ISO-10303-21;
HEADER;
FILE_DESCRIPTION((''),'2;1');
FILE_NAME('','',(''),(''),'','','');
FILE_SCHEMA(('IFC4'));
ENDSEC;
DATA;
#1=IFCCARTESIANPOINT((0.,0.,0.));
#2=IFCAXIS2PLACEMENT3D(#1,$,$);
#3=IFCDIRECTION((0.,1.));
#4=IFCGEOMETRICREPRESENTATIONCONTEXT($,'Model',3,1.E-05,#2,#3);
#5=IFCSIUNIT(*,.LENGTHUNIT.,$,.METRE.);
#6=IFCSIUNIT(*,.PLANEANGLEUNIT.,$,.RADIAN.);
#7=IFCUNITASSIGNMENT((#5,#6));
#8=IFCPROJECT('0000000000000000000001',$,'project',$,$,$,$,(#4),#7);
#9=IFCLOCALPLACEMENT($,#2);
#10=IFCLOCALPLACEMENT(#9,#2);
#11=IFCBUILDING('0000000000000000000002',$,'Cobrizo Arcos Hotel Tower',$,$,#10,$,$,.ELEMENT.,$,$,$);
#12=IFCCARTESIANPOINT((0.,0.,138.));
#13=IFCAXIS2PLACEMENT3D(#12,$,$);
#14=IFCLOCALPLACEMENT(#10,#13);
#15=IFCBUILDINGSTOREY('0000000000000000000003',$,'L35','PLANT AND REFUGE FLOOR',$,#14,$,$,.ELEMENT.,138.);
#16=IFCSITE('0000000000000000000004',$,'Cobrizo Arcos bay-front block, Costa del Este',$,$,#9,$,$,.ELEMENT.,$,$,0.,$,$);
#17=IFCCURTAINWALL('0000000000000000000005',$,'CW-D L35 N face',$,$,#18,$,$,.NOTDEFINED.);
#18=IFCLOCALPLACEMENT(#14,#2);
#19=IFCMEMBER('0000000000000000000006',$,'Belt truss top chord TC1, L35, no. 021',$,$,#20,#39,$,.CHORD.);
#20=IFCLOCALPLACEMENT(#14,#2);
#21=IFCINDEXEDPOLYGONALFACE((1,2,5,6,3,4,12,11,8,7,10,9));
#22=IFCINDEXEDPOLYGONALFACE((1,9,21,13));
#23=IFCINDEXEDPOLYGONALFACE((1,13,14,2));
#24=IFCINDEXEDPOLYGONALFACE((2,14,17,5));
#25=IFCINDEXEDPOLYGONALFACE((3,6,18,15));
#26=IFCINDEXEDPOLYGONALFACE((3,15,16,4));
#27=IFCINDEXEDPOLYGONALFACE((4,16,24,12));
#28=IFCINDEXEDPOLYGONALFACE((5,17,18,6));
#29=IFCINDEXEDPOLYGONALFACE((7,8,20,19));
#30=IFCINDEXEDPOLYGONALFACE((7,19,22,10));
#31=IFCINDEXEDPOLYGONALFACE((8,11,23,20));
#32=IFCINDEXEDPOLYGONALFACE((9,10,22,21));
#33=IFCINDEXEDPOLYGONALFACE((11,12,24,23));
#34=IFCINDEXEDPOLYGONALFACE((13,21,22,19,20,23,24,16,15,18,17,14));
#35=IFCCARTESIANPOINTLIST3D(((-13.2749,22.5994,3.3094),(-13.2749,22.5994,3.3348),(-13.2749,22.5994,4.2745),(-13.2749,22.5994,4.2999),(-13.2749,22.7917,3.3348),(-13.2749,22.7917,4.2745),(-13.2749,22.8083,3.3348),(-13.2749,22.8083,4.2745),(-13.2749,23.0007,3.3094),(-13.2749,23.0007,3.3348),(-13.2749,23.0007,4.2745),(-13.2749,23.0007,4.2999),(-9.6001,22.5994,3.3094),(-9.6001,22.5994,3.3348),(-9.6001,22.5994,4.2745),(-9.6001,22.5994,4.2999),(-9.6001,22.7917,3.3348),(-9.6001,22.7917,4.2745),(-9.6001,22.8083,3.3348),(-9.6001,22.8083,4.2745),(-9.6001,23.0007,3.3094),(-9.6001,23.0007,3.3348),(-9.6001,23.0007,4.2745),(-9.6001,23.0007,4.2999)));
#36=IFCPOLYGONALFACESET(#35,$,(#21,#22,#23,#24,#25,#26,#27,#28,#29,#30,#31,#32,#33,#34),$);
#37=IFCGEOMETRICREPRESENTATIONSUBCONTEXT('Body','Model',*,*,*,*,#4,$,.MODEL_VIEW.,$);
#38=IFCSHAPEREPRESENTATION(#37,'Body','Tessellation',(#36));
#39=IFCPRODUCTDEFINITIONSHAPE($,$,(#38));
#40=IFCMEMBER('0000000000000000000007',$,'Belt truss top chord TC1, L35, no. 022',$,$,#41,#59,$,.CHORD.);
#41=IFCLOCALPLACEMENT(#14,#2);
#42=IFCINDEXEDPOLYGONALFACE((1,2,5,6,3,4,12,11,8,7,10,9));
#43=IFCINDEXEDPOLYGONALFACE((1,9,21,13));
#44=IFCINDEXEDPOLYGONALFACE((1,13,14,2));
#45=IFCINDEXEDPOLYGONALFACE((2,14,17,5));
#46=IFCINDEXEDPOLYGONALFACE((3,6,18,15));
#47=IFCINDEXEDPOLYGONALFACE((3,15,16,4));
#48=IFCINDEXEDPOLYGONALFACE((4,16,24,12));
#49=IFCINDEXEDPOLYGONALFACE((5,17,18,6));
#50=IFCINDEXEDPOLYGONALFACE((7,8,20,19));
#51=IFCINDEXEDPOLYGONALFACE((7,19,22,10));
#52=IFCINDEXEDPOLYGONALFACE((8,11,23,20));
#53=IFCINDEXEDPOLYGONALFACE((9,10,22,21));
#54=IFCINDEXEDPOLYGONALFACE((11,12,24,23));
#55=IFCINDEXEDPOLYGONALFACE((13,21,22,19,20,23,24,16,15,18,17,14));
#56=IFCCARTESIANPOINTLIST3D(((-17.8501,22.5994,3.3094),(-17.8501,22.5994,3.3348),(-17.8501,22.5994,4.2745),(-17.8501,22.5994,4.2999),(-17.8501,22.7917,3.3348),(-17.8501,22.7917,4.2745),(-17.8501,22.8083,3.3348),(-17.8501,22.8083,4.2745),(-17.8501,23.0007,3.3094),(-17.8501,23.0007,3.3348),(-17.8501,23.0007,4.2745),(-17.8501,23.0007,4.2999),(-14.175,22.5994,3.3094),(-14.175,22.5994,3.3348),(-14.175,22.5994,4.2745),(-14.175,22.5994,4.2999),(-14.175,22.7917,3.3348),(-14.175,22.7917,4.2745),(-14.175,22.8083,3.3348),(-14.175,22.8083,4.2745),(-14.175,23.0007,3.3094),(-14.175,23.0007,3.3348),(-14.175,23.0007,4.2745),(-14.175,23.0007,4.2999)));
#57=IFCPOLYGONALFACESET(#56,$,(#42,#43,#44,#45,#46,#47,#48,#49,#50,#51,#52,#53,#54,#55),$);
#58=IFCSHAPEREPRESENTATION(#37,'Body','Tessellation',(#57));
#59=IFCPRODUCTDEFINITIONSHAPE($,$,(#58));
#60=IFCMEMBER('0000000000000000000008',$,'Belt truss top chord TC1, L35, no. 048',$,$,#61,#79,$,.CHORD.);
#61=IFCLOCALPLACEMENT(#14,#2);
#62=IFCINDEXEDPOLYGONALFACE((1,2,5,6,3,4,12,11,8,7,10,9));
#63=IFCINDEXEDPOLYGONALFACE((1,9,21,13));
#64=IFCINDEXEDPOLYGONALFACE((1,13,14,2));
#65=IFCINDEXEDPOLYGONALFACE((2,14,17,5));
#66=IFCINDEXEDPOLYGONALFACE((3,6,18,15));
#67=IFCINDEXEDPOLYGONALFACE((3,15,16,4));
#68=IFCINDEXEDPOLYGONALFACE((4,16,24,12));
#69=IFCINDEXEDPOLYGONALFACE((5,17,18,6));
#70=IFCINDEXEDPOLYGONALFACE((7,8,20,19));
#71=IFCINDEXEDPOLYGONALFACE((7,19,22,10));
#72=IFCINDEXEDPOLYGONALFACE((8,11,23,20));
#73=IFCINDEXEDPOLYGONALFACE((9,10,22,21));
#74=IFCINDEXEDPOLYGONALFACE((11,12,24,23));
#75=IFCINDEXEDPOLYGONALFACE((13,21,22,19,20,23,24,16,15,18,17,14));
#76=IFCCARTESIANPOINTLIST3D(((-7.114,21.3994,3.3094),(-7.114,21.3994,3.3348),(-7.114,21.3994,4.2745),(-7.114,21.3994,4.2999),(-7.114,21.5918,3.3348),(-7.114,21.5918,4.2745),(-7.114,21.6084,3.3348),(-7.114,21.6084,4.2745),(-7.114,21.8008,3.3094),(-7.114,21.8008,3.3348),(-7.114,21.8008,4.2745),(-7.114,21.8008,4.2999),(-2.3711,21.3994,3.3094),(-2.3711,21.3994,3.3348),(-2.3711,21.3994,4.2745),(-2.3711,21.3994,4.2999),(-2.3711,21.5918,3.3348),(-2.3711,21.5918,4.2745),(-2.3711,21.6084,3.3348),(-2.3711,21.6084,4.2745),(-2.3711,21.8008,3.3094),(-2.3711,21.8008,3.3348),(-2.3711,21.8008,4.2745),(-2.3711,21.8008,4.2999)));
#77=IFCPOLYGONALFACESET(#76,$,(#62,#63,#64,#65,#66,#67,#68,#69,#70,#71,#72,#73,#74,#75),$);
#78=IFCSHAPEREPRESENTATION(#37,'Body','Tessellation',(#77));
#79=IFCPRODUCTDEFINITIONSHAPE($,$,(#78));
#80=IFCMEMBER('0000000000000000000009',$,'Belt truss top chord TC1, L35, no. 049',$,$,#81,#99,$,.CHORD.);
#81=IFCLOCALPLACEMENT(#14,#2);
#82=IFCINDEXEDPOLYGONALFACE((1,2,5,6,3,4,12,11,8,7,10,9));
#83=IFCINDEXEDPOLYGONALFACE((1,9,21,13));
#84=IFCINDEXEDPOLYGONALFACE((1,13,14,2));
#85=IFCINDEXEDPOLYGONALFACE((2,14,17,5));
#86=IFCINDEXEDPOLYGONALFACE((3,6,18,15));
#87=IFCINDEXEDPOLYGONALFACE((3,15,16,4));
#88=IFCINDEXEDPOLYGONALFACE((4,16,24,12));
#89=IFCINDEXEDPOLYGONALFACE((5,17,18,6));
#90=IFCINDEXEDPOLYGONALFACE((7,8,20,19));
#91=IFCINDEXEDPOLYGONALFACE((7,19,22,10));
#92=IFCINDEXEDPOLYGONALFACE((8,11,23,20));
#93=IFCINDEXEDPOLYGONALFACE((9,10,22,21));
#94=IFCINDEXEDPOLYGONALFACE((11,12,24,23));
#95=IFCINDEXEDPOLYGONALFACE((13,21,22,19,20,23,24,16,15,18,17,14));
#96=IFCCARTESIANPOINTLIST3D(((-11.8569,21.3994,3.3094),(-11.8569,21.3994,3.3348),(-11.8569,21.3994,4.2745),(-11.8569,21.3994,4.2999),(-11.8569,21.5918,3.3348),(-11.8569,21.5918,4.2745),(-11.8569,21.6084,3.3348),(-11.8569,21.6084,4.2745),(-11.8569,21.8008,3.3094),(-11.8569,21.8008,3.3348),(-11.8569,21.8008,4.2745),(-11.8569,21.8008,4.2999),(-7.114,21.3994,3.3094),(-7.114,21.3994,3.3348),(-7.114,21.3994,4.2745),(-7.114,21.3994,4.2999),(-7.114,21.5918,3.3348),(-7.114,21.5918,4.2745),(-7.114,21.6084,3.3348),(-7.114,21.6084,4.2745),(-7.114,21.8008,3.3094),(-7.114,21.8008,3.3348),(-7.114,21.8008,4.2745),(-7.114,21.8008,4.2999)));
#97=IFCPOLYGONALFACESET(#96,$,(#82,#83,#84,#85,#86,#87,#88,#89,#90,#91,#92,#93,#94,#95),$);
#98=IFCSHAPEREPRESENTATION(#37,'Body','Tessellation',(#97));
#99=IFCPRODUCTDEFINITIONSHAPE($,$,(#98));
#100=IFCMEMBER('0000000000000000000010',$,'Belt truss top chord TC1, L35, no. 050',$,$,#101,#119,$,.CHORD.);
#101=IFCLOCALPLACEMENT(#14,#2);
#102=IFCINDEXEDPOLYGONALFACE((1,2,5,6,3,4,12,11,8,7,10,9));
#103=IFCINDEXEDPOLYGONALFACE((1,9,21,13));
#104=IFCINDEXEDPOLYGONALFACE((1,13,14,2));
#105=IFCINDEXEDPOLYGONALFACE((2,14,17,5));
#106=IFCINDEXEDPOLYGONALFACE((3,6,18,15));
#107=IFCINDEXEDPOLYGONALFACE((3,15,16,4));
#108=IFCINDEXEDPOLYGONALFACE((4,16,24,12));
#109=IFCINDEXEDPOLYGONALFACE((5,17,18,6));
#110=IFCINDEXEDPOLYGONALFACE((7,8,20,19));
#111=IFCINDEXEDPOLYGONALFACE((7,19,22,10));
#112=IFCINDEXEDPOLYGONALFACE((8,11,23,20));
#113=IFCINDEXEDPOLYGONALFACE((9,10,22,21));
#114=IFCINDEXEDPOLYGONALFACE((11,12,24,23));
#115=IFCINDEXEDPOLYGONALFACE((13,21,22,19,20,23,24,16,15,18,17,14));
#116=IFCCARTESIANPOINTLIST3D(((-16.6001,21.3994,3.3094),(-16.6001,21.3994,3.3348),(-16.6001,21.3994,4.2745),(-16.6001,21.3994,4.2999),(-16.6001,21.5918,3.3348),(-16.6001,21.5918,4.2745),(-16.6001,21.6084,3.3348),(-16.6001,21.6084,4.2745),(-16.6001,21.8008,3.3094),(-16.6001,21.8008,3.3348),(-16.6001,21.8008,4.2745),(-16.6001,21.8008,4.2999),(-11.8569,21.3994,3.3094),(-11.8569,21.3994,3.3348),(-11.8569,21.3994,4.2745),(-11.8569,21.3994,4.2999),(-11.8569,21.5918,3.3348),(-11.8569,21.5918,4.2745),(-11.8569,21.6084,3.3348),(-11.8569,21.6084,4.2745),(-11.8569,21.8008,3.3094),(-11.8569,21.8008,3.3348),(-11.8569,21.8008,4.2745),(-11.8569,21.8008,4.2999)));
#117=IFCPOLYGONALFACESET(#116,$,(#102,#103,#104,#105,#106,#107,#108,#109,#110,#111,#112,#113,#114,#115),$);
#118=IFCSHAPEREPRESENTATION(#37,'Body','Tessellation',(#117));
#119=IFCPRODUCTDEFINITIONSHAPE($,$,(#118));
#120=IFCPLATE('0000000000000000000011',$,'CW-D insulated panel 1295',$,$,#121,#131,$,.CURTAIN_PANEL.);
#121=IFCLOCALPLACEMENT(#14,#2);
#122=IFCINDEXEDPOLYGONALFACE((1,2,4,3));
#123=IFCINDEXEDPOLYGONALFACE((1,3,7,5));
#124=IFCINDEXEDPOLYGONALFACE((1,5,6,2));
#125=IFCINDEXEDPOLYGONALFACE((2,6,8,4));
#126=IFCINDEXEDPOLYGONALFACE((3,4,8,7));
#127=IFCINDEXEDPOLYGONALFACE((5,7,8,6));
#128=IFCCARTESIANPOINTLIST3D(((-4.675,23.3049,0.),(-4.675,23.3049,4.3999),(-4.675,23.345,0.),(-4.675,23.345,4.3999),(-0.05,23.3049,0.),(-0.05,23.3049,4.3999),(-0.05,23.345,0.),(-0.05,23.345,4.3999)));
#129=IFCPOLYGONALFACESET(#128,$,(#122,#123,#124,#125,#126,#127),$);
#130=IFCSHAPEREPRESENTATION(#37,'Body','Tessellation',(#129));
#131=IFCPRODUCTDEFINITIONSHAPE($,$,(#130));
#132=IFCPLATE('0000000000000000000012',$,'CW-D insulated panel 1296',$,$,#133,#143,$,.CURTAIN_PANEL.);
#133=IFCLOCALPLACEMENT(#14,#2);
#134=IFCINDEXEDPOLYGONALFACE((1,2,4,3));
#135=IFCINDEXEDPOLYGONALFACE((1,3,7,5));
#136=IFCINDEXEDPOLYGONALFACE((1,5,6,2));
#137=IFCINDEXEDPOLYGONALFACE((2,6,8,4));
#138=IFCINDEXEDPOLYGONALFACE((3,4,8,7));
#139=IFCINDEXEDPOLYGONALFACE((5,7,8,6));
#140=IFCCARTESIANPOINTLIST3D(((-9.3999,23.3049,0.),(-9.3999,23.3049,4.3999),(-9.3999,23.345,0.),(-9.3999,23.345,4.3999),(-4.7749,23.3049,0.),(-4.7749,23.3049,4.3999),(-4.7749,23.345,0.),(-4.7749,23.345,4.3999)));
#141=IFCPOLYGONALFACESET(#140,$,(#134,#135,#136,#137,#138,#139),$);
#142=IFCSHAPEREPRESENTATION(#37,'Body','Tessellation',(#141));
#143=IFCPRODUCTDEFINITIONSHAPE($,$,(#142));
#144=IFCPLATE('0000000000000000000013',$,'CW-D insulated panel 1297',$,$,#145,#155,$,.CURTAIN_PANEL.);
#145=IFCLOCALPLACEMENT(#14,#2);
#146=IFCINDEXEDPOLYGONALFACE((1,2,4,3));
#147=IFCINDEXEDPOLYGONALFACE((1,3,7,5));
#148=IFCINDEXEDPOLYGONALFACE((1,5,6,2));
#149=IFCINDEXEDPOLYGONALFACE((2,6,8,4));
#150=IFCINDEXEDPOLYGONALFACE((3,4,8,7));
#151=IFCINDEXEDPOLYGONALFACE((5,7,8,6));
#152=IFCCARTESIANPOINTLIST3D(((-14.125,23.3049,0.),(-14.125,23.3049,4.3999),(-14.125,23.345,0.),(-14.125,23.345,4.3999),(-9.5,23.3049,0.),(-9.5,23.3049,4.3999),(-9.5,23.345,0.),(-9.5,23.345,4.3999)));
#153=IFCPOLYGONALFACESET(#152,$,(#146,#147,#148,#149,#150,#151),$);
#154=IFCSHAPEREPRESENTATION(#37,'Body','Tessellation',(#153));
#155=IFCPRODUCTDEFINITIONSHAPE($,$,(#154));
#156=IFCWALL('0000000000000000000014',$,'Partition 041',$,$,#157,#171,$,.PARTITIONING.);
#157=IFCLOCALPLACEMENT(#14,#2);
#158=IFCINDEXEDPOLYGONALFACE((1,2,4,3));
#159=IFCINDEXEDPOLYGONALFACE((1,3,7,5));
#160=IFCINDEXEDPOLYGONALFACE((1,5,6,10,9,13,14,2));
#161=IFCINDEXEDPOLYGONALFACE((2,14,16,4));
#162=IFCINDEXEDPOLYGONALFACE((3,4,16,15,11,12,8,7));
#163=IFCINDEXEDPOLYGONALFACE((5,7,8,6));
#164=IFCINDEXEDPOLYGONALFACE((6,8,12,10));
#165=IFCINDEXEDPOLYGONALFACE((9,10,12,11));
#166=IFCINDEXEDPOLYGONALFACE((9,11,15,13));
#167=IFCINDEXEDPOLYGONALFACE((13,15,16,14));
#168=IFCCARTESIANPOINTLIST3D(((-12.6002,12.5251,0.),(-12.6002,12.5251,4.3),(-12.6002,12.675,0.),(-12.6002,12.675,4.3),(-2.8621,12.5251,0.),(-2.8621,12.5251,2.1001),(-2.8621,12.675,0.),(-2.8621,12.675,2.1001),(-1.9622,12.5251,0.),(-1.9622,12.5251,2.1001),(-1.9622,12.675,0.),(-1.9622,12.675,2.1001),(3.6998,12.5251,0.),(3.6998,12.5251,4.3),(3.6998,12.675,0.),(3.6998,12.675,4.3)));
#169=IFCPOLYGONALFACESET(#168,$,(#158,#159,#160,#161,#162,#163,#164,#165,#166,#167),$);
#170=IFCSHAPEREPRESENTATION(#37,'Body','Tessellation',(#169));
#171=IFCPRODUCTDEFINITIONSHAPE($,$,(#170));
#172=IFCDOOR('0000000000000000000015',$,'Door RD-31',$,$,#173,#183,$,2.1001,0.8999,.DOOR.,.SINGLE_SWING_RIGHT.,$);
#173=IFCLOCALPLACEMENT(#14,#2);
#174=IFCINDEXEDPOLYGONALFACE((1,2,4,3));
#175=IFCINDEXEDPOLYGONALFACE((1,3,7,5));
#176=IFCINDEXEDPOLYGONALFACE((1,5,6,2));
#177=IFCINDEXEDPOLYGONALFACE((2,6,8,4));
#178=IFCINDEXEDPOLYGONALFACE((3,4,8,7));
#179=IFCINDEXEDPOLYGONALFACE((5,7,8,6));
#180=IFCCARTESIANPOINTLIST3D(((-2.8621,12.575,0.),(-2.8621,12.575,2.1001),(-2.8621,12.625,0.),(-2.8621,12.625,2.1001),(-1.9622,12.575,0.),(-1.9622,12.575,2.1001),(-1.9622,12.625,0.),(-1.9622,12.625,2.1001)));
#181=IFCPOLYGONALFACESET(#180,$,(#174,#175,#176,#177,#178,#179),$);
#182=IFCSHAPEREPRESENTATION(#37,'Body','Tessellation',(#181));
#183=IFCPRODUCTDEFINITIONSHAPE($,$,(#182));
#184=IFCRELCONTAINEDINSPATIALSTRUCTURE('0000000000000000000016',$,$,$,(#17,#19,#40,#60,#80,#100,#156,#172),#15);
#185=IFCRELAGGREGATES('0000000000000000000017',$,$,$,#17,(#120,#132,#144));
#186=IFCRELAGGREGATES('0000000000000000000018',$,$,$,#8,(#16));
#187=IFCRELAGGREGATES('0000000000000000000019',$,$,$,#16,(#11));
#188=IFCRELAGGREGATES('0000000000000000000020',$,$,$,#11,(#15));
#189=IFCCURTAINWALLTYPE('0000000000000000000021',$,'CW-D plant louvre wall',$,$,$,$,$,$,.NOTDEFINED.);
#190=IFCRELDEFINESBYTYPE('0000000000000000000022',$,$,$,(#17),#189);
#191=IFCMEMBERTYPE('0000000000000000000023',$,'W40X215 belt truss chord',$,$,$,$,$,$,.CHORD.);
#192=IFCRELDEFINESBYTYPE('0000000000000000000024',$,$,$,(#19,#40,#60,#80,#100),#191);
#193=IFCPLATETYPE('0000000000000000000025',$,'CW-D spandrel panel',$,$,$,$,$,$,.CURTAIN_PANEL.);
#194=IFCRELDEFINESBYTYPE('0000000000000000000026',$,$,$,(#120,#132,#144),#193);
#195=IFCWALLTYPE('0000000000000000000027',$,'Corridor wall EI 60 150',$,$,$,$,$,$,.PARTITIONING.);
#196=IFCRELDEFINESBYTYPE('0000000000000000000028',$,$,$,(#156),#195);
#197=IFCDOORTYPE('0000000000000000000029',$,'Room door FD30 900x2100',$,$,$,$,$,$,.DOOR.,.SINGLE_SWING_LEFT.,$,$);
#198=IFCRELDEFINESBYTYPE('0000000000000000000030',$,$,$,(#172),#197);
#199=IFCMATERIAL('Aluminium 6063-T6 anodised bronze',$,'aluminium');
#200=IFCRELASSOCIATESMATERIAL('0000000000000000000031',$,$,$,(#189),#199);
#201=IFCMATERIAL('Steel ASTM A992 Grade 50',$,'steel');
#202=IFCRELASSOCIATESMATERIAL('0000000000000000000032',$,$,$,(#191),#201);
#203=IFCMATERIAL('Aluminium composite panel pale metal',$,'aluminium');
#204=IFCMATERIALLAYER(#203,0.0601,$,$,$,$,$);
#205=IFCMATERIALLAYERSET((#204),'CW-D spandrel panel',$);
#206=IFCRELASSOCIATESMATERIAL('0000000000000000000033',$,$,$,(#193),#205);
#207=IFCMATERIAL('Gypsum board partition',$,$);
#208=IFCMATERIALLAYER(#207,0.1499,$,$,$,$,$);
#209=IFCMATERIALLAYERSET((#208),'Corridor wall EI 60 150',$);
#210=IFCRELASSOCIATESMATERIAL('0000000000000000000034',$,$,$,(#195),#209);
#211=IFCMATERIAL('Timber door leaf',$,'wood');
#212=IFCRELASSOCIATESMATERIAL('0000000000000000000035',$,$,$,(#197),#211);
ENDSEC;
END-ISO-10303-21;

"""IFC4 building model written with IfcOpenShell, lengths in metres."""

from ifc_helpers import new_model, si_unit, direction, frame, frame_2d, origin, origin_2d, place, context, subcontext, project, spatial, rectangle, i_section, extrude, material, layer, layer_set, material_profile, profile_set, type_object, element, fill, aggregate, save


model = new_model("IFC4")

# Units and contexts
model_context = context("Model", 3, precision=1e-05, world=origin(), true_north=direction((0.0, 1.0)))
body_context = subcontext(model_context, "Body", "Model", "MODEL_VIEW")
ifc_project = project(units=[si_unit("LENGTHUNIT", "METRE"), si_unit("PLANEANGLEUNIT", "RADIAN")], contexts=[model_context])

# Site, building, storey
site_placement = place(None, origin())
site = spatial("IfcSite", under=ifc_project, at=site_placement, Name="Cobrizo Arcos bay-front block, Costa del Este", CompositionType="ELEMENT", RefElevation=0.0)
building_placement = place(site_placement, origin())
building = spatial("IfcBuilding", under=site, at=building_placement, Name="Cobrizo Arcos Hotel Tower", CompositionType="ELEMENT")
storey_placement = place(building_placement, frame((0.0, 0.0, 138.0)))
storey = spatial("IfcBuildingStorey", under=building, at=storey_placement, Name="L35", Description="PLANT AND REFUGE FLOOR", CompositionType="ELEMENT", Elevation=138.0)

# Curtain wall
ifc_material_1 = material(Name="Aluminium 6063-T6 anodised bronze", Category="aluminium")
curtain_wall_type = type_object("IfcCurtainWallType", Name="CW-D plant louvre wall", PredefinedType="NOTDEFINED", material=ifc_material_1)
curtain_wall_placement = place(storey_placement, origin())
curtain_wall = element("IfcCurtainWall", 1, at=curtain_wall_placement, inside=storey, type_object=curtain_wall_type, Name="CW-D L35 N face", PredefinedType="NOTDEFINED")

# Members
ifc_material_2 = material(Name="Steel ASTM A992 Grade 50", Category="steel")
ifc_material_profile_1 = material_profile(ifc_material_2, i_section(OverallWidth=0.4014, OverallDepth=0.9905, WebThickness=0.0166, FlangeThickness=0.0254, at=origin_2d()), Name="W40X215")
ifc_profile_set_1 = profile_set([ifc_material_profile_1], Name="Steel ASTM A992 Grade 50")
member_type_1 = type_object("IfcMemberType", Name="W40X215 belt truss chord", PredefinedType="CHORD", material=ifc_profile_set_1)
member_1_placement = place(storey_placement, frame((-9.6001, 22.8, 3.8047), z_axis=(-1.0, 0.0, 0.0), x_axis=(0.0, -1.0, 0.0)))
element("IfcMember", 2, at=member_1_placement, inside=storey, type_object=member_type_1, Name="Belt truss top chord TC1, L35, no. 021", PredefinedType="CHORD", context=body_context, shape_type="SweptSolid", body=[
    extrude(i_section(OverallWidth=0.4014, OverallDepth=0.9905, WebThickness=0.0166, FlangeThickness=0.0254, at=origin_2d()), origin(), (0.0, 0.0, 1.0), 3.6748),
])
member_2_placement = place(storey_placement, frame((-14.175, 22.8, 3.8047), z_axis=(-1.0, 0.0, 0.0), x_axis=(0.0, -1.0, 0.0)))
element("IfcMember", 3, at=member_2_placement, inside=storey, type_object=member_type_1, Name="Belt truss top chord TC1, L35, no. 022", PredefinedType="CHORD", context=body_context, shape_type="SweptSolid", body=[
    extrude(i_section(OverallWidth=0.4014, OverallDepth=0.9905, WebThickness=0.0166, FlangeThickness=0.0254, at=origin_2d()), origin(), (0.0, 0.0, 1.0), 3.675),
])
for number, where, z_axis, x_axis, name in (
    (4, (-2.3711, 21.6001, 3.8047), (-1.0, 0.0, 0.0), (0.0, -1.0, 0.0), "Belt truss top chord TC1, L35, no. 048"),
    (5, (-7.114, 21.6001, 3.8047), (-1.0, 0.0, 0.0), (0.0, -1.0, 0.0), "Belt truss top chord TC1, L35, no. 049"),
):
    element("IfcMember", number, at=place(storey_placement, frame(where, z_axis=z_axis, x_axis=x_axis)), inside=storey, type_object=member_type_1, Name=name, PredefinedType="CHORD", context=body_context, shape_type="SweptSolid", body=[
        extrude(i_section(OverallWidth=0.4014, OverallDepth=0.9905, WebThickness=0.0166, FlangeThickness=0.0254, at=origin_2d()), origin(), (0.0, 0.0, 1.0), 4.7429),
    ])
member_3_placement = place(storey_placement, frame((-11.8569, 21.6001, 3.8047), z_axis=(-1.0, 0.0, 0.0), x_axis=(0.0, -1.0, 0.0)))
element("IfcMember", 6, at=member_3_placement, inside=storey, type_object=member_type_1, Name="Belt truss top chord TC1, L35, no. 050", PredefinedType="CHORD", context=body_context, shape_type="SweptSolid", body=[
    extrude(i_section(OverallWidth=0.4014, OverallDepth=0.9905, WebThickness=0.0166, FlangeThickness=0.0254, at=origin_2d()), origin(), (0.0, 0.0, 1.0), 4.7432),
])

# Plates
ifc_material_3 = material(Name="Aluminium composite panel pale metal", Category="aluminium")
ifc_layer_1 = layer(ifc_material_3, 0.0601)
ifc_layer_set_1 = layer_set([ifc_layer_1], Name="CW-D spandrel panel")
plate_type = type_object("IfcPlateType", Name="CW-D spandrel panel", PredefinedType="CURTAIN_PANEL", material=ifc_layer_set_1)
plate_1_placement = place(storey_placement, frame((-2.3625, 23.325, 0.0), z_axis=(0.0, 0.0, 1.0), x_axis=(-1.0, 0.0, 0.0)))
plate_1 = element("IfcPlate", 7, at=plate_1_placement, type_object=plate_type, Name="CW-D insulated panel 1295", PredefinedType="CURTAIN_PANEL", context=body_context, shape_type="SweptSolid", body=[
    extrude(rectangle(XDim=4.625, YDim=0.04, at=origin_2d()), origin(), (0.0, 0.0, 1.0), 4.3999),
])
plate_2_placement = place(storey_placement, frame((-7.0874, 23.325, 0.0), z_axis=(0.0, 0.0, 1.0), x_axis=(-1.0, 0.0, 0.0)))
plate_2 = element("IfcPlate", 8, at=plate_2_placement, type_object=plate_type, Name="CW-D insulated panel 1296", PredefinedType="CURTAIN_PANEL", context=body_context, shape_type="SweptSolid", body=[
    extrude(rectangle(XDim=4.625, YDim=0.04, at=origin_2d()), origin(), (0.0, 0.0, 1.0), 4.3999),
])
plate_3_placement = place(storey_placement, frame((-11.8125, 23.325, 0.0), z_axis=(0.0, 0.0, 1.0), x_axis=(-1.0, 0.0, 0.0)))
plate_3 = element("IfcPlate", 9, at=plate_3_placement, type_object=plate_type, Name="CW-D insulated panel 1297", PredefinedType="CURTAIN_PANEL", context=body_context, shape_type="SweptSolid", body=[
    extrude(rectangle(XDim=4.625, YDim=0.04, at=origin_2d()), origin(), (0.0, 0.0, 1.0), 4.3999),
])
aggregate(curtain_wall, [plate_1, plate_2, plate_3])

# Wall, opening, door
ifc_material_4 = material(Name="Gypsum board partition")
ifc_layer_2 = layer(ifc_material_4, 0.1499)
ifc_layer_set_2 = layer_set([ifc_layer_2], Name="Corridor wall EI 60 150")
wall_type = type_object("IfcWallType", Name="Corridor wall EI 60 150", PredefinedType="PARTITIONING", material=ifc_layer_set_2)
wall_1_placement = place(storey_placement, frame((-12.6001, 12.6001, 0.0), z_axis=(0.0, 0.0, 1.0), x_axis=(1.0, 0.0, 0.0)))
wall_1 = element("IfcWall", 10, at=wall_1_placement, inside=storey, type_object=wall_type, Name="Partition 041", PredefinedType="PARTITIONING", context=body_context, shape_type="SweptSolid", body=[
    extrude(rectangle(XDim=16.3, YDim=0.1499, at=frame_2d((8.1499, 0.0))), origin(), (0.0, 0.0, 1.0), 4.3),
])
opening_placement = place(wall_1_placement, frame((9.738, 0.0, 0.0)))
opening = element("IfcOpeningElement", 11, at=opening_placement, cuts=wall_1, PredefinedType="OPENING", context=body_context, shape_type="SweptSolid", body=[
    extrude(rectangle(XDim=0.8999, YDim=2.1001, at=frame_2d((0.45, 1.05))), frame((0.0, 0.0869, 0.0), z_axis=(0.0, -1.0, 0.0), x_axis=(1.0, 0.0, 0.0)), (0.0, 0.0, 1.0), 0.1738),
])
ifc_material_5 = material(Name="Timber door leaf", Category="wood")
door_type = type_object("IfcDoorType", Name="Room door FD30 900x2100", OperationType="SINGLE_SWING_LEFT", PredefinedType="DOOR", material=ifc_material_5)
door_placement = place(opening_placement, origin())
door = element("IfcDoor", 12, at=door_placement, inside=storey, type_object=door_type, Name="Door RD-31", OperationType="SINGLE_SWING_RIGHT", OverallHeight=2.1001, OverallWidth=0.8999, PredefinedType="DOOR", context=body_context, shape_type="SweptSolid", body=[
    extrude(rectangle(XDim=0.8999, YDim=2.1001, at=frame_2d((0.45, 1.05))), frame((0.0, 0.0249, 0.0), z_axis=(0.0, -1.0, 0.0), x_axis=(1.0, 0.0, 0.0)), (0.0, 0.0, 1.0), 0.05),
])
fill(opening, door)

save(model, "model.ifc")
